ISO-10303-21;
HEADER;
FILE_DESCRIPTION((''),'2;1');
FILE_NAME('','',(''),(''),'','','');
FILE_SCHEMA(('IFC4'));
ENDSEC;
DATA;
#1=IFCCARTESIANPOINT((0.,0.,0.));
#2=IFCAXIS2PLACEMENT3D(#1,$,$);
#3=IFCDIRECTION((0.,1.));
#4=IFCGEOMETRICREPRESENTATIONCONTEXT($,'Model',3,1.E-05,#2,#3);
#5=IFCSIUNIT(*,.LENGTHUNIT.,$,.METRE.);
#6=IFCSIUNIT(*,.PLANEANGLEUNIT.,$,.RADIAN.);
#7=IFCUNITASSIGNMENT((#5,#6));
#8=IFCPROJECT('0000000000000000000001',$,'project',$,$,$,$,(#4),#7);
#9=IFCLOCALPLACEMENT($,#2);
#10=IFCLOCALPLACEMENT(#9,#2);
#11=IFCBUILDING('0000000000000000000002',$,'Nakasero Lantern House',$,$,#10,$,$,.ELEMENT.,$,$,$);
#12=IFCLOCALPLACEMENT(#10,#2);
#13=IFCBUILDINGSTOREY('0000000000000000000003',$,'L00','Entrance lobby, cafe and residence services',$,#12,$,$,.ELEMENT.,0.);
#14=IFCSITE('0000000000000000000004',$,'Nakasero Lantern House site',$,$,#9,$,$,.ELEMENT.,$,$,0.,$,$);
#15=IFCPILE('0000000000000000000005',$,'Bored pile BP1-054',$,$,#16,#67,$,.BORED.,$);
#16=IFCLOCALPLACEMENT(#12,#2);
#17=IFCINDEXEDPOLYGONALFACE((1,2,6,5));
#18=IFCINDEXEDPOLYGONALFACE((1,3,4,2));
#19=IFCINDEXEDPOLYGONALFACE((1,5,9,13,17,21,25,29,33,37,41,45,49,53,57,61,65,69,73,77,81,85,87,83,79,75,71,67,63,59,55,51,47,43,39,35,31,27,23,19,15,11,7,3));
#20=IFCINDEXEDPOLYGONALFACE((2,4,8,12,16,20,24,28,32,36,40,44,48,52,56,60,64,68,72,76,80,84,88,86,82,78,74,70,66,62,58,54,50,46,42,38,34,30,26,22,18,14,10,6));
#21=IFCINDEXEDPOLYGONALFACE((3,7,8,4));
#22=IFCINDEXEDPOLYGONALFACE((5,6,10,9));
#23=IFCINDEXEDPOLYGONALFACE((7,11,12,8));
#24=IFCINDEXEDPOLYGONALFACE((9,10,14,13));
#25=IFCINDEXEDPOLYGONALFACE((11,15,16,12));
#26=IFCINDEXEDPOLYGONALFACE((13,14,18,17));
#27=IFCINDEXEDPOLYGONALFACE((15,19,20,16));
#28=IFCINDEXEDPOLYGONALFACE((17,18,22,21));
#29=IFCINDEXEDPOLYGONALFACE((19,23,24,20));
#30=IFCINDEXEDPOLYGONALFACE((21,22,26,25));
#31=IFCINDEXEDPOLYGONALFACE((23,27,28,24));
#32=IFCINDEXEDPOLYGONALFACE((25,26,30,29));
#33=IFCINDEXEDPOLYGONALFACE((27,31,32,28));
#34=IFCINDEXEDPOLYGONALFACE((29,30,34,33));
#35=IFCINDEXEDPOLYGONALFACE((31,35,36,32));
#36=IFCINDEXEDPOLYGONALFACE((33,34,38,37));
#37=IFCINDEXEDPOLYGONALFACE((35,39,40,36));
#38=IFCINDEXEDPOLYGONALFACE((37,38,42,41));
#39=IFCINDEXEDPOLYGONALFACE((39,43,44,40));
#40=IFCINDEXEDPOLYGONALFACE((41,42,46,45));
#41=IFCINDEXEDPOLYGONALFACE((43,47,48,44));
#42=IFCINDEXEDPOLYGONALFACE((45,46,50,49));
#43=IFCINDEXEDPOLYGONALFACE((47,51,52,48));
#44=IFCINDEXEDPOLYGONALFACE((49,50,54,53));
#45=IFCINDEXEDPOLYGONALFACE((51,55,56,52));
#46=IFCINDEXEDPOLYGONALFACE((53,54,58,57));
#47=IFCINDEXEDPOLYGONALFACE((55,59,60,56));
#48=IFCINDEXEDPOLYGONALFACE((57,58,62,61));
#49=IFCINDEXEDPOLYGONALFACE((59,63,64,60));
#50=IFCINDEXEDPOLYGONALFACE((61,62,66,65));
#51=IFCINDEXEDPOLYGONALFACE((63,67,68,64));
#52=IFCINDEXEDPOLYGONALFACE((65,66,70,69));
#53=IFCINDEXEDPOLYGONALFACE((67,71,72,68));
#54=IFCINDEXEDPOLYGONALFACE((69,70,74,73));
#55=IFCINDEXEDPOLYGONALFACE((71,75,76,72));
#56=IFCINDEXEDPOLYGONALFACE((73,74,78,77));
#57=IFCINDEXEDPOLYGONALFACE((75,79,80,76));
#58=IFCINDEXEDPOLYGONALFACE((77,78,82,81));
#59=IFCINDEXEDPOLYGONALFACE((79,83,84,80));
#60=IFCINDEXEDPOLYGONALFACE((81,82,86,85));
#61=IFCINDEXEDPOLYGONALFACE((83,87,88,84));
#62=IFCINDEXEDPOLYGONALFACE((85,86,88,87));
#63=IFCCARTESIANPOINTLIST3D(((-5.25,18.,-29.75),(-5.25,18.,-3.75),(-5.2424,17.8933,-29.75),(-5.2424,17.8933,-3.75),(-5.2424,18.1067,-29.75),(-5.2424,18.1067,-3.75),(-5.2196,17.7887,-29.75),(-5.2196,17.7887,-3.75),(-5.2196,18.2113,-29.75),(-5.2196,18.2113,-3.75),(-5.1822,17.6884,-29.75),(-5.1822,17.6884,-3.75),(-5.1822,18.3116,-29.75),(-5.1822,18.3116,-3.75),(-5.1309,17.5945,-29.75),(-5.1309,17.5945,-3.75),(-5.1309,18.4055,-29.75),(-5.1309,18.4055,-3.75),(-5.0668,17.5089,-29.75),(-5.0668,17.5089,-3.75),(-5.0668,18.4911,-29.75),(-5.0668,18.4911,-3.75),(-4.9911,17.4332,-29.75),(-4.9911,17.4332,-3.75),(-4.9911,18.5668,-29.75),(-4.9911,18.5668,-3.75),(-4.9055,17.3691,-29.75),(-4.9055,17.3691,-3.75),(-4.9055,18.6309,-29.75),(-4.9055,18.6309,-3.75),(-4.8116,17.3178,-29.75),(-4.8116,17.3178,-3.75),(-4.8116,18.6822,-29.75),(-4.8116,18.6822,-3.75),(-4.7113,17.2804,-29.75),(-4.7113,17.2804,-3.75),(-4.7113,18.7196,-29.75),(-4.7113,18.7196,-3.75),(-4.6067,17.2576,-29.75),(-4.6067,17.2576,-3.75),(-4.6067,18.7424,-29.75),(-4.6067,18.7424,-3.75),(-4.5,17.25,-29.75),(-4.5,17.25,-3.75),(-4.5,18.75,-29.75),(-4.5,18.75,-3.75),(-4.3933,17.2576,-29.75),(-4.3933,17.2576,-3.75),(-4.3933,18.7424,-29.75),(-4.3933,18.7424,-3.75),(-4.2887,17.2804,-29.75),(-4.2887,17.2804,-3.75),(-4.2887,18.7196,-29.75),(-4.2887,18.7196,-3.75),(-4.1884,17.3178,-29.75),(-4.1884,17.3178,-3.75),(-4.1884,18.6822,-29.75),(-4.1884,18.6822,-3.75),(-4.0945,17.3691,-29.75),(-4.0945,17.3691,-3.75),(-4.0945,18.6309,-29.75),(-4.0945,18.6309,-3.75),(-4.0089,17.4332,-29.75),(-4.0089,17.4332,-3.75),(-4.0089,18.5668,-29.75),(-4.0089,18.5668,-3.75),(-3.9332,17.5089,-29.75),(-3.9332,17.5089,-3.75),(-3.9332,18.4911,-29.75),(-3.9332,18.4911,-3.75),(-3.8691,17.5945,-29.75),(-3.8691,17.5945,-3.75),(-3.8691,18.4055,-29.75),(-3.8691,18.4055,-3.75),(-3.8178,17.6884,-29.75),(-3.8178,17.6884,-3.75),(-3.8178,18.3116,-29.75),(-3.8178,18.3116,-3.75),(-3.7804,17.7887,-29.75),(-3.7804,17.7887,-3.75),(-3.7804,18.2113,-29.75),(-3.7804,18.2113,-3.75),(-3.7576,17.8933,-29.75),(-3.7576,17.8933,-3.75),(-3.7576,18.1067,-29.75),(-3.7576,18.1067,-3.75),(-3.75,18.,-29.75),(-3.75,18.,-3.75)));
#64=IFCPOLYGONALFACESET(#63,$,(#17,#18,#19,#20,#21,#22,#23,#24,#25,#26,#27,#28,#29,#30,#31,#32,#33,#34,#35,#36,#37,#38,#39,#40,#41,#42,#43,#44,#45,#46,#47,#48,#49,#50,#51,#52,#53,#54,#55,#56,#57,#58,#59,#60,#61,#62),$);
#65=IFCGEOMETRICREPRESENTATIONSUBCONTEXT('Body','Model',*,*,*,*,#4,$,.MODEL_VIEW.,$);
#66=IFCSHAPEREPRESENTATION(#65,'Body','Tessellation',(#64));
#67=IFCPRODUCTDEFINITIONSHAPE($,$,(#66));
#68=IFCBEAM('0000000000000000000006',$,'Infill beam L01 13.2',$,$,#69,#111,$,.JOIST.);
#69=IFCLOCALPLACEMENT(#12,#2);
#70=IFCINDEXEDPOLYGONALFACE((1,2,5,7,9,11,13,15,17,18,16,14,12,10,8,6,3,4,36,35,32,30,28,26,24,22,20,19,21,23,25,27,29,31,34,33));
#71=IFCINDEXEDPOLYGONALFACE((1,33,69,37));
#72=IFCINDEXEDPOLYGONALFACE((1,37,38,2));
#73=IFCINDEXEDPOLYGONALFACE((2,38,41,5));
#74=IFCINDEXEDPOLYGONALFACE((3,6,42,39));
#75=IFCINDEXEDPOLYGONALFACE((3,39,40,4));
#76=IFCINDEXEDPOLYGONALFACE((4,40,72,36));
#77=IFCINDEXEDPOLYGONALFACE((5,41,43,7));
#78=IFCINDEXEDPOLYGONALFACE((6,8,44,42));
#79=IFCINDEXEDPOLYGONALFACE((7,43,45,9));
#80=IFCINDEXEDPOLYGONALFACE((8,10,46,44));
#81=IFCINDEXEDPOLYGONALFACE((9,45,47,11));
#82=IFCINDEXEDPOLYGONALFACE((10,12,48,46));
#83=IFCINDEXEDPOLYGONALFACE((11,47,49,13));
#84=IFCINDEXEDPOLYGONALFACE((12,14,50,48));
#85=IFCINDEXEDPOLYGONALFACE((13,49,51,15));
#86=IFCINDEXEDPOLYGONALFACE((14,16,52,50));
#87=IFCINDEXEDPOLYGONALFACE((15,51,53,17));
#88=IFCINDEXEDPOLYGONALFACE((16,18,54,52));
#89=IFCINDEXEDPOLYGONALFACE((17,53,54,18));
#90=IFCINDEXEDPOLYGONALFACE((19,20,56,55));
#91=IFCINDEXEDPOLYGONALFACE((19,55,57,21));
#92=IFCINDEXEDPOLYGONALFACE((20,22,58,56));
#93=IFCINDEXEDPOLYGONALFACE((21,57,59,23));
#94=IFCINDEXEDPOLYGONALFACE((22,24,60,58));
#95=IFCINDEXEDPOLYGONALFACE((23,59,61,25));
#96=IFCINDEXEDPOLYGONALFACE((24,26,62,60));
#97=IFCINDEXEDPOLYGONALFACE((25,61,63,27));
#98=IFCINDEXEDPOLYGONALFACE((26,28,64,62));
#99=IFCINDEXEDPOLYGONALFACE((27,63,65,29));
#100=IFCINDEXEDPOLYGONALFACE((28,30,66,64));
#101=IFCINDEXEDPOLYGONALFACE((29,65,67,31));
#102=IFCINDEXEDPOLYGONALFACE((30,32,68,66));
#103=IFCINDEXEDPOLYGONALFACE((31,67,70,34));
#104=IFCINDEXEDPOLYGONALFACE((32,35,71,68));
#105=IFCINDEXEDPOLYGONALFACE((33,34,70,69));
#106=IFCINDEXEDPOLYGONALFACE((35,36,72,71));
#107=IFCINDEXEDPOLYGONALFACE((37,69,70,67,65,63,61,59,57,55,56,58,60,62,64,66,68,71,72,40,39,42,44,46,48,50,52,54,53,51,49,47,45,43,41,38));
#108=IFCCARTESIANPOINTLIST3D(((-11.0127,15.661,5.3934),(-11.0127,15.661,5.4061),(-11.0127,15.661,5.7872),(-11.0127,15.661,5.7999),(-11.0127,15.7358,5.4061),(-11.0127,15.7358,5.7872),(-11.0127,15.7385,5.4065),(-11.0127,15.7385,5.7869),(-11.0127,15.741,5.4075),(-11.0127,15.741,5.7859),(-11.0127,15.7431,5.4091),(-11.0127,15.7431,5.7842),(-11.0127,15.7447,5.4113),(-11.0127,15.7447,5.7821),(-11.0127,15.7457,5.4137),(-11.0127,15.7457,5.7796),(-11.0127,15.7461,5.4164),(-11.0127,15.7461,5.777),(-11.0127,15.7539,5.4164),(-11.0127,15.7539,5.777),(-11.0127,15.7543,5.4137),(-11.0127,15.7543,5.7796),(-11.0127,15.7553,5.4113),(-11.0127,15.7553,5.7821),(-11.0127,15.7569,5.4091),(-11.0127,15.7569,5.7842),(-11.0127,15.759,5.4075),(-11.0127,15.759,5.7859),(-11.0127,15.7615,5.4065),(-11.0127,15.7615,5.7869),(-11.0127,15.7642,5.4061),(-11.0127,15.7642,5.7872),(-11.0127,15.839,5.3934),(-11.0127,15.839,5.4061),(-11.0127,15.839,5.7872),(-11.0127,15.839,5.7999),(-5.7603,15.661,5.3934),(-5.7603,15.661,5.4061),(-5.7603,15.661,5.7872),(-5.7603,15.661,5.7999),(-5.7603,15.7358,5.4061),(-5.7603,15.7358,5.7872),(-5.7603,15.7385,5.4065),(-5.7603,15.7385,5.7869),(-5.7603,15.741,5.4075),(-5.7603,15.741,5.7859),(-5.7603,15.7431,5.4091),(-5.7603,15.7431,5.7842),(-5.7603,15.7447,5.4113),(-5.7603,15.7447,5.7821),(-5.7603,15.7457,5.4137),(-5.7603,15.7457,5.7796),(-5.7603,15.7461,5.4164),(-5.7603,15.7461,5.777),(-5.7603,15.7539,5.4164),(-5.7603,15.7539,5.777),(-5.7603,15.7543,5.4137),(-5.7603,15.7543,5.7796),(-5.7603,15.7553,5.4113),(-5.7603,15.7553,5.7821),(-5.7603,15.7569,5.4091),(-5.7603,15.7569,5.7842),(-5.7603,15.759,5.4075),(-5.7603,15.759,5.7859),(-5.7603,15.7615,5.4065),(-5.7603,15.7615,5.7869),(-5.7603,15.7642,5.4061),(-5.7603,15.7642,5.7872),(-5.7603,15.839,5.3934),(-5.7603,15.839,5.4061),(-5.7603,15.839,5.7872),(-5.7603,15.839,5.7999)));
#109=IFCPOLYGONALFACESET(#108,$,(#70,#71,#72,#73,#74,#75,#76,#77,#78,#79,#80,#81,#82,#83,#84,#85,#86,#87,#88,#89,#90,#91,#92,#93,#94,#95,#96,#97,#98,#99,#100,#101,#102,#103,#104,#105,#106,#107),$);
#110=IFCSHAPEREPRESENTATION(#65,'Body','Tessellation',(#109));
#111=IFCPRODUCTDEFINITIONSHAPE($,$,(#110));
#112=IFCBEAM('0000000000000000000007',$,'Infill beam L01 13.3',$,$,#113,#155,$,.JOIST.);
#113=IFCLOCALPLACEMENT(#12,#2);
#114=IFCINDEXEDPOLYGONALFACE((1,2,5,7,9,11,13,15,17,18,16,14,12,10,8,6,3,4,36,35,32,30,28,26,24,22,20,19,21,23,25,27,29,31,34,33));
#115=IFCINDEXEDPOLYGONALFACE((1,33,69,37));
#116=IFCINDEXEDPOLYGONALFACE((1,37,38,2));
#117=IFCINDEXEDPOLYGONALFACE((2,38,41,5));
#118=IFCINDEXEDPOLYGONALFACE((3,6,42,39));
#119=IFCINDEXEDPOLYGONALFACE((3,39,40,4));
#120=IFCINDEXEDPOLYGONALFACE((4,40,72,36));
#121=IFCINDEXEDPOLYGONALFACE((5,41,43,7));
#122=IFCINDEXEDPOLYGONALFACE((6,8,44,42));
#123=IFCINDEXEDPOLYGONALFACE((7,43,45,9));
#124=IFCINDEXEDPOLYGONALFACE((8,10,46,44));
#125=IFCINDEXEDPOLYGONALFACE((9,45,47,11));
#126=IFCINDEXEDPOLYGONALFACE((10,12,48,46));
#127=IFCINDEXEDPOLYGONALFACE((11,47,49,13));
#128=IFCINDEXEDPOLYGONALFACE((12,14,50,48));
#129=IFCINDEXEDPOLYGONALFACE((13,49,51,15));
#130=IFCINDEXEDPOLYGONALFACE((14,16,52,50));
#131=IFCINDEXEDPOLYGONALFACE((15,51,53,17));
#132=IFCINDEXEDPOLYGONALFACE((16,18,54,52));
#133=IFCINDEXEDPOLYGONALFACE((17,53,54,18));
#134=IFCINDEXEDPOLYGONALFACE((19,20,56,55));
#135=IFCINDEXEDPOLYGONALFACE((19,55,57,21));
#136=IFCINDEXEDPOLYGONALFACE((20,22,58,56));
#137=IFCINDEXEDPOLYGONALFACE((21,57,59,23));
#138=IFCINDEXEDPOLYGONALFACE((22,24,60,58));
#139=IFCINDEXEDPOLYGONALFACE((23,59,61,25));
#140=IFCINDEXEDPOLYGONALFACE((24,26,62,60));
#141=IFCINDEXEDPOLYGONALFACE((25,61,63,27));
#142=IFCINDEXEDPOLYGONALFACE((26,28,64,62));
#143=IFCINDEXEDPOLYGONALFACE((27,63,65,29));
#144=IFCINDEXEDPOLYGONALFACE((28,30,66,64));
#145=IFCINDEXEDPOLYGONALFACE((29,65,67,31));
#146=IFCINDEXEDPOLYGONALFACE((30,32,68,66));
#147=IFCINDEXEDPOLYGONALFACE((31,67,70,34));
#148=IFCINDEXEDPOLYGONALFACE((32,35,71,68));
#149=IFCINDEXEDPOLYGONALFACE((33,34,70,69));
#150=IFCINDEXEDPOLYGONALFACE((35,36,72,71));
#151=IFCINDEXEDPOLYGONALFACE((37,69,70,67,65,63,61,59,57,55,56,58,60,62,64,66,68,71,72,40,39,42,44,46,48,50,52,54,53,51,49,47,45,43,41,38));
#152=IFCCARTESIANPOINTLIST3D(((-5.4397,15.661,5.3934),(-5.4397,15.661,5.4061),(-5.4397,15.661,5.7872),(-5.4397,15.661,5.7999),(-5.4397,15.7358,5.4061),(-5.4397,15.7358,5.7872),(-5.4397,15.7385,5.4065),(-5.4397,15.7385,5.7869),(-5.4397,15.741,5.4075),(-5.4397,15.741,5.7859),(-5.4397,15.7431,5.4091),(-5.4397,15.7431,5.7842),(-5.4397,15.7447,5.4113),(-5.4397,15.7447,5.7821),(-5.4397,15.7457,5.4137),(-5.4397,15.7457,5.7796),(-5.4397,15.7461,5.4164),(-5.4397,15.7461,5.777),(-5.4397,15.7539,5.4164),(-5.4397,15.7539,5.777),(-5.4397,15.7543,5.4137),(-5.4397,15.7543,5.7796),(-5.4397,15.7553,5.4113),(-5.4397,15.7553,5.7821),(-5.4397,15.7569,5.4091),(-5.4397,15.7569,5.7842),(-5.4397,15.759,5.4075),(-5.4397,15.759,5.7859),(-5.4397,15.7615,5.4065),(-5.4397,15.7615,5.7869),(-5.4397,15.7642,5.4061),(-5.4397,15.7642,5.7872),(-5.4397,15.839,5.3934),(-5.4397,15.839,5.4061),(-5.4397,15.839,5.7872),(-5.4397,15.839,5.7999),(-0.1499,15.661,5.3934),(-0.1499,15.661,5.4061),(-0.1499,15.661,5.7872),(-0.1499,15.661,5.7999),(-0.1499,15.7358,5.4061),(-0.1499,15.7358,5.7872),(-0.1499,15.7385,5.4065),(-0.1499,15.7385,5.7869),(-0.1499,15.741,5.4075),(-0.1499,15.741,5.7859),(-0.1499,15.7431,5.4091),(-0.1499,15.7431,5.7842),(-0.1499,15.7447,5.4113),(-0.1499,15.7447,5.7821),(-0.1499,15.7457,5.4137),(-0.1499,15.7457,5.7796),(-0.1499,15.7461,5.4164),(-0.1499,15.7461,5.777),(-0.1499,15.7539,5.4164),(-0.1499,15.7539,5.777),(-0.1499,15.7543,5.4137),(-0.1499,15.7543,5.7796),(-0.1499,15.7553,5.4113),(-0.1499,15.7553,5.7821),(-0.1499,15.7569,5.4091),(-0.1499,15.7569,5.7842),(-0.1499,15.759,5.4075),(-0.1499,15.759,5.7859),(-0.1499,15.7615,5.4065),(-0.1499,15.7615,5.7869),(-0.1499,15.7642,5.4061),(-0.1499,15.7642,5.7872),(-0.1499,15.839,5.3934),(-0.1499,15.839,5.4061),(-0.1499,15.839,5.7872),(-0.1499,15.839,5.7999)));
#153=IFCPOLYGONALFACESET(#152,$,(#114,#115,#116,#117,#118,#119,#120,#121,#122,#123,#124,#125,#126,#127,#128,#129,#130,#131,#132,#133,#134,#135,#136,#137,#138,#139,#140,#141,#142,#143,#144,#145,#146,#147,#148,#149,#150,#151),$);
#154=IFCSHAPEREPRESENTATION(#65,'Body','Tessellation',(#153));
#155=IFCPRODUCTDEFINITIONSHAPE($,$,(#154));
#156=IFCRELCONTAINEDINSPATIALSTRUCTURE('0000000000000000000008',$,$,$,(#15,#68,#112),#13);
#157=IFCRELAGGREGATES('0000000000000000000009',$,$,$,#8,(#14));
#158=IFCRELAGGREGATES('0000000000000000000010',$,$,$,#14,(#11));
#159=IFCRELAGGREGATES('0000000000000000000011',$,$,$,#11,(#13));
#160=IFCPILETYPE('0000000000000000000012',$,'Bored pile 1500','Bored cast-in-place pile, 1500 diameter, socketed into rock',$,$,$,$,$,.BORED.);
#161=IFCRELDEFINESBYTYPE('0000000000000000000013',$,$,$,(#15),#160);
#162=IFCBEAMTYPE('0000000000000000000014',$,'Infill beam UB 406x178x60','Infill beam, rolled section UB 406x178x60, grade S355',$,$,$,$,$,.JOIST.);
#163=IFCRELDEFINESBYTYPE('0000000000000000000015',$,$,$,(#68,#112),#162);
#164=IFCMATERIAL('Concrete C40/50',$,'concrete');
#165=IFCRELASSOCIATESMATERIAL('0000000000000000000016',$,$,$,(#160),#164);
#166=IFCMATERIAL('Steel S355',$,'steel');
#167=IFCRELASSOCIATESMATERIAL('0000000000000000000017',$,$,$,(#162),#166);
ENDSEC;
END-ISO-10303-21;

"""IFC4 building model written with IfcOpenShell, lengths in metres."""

from ifc_helpers import new_model, si_unit, direction, frame, origin, origin_2d, place, context, subcontext, project, spatial, circle, i_section, extrude, material, material_profile, profile_set, type_object, element, save


model = new_model("IFC4")

# Units and contexts
model_context = context("Model", 3, precision=1e-05, world=origin(), true_north=direction((0.0, 1.0)))
body_context = subcontext(model_context, "Body", "Model", "MODEL_VIEW")
ifc_project = project(units=[si_unit("LENGTHUNIT", "METRE"), si_unit("PLANEANGLEUNIT", "RADIAN")], contexts=[model_context])

# Site, building, storey
site_placement = place(None, origin())
site = spatial("IfcSite", under=ifc_project, at=site_placement, Name="Nakasero Lantern House site", CompositionType="ELEMENT", RefElevation=0.0)
building_placement = place(site_placement, origin())
building = spatial("IfcBuilding", under=site, at=building_placement, Name="Nakasero Lantern House", CompositionType="ELEMENT")
storey_placement = place(building_placement, origin())
storey = spatial("IfcBuildingStorey", under=building, at=storey_placement, Name="L00", Description="Entrance lobby, cafe and residence services", CompositionType="ELEMENT", Elevation=0.0)

# Pile
ifc_material_1 = material(Name="Concrete C40/50", Category="concrete")
pile_type = type_object("IfcPileType", Name="Bored pile 1500", Description="Bored cast-in-place pile, 1500 diameter, socketed into rock", PredefinedType="BORED", material=ifc_material_1)
for number, where, z_axis, x_axis, name in (
    (1, (-4.5, 18.0, -3.75), (0.0, 0.0, -1.0), (1.0, 0.0, 0.0), "Bored pile BP1-054"),
):
    element("IfcPile", number, at=place(storey_placement, frame(where, z_axis=z_axis, x_axis=x_axis)), inside=storey, type_object=pile_type, Name=name, PredefinedType="BORED", context=body_context, shape_type="SweptSolid", body=[
        extrude(circle(Radius=0.75, at=origin_2d()), origin(), (0.0, 0.0, 1.0), 26.0),
    ])

# Beams
ifc_material_2 = material(Name="Steel S355", Category="steel")
ifc_material_profile_1 = material_profile(ifc_material_2, i_section(OverallWidth=0.178, OverallDepth=0.4065, WebThickness=0.0078, FlangeThickness=0.0127, FilletRadius=0.0103, at=origin_2d()), Name="UB 406x178x60")
ifc_profile_set_1 = profile_set([ifc_material_profile_1], Name="Steel S355")
beam_type_1 = type_object("IfcBeamType", Name="Infill beam UB 406x178x60", Description="Infill beam, rolled section UB 406x178x60, grade S355", PredefinedType="JOIST", material=ifc_profile_set_1)
beam_1_placement = place(storey_placement, frame((-11.0127, 15.75, 5.5967), z_axis=(1.0, 0.0, 0.0), x_axis=(0.0, 1.0, 0.0)))
element("IfcBeam", 2, at=beam_1_placement, inside=storey, type_object=beam_type_1, Name="Infill beam L01 13.2", PredefinedType="JOIST", context=body_context, shape_type="SweptSolid", body=[
    extrude(i_section(OverallWidth=0.178, OverallDepth=0.4065, WebThickness=0.0078, FlangeThickness=0.0127, FilletRadius=0.0103, at=origin_2d()), origin(), (0.0, 0.0, 1.0), 5.2524),
])
beam_2_placement = place(storey_placement, frame((-5.4397, 15.75, 5.5967), z_axis=(1.0, 0.0, 0.0), x_axis=(0.0, 1.0, 0.0)))
element("IfcBeam", 3, at=beam_2_placement, inside=storey, type_object=beam_type_1, Name="Infill beam L01 13.3", PredefinedType="JOIST", context=body_context, shape_type="SweptSolid", body=[
    extrude(i_section(OverallWidth=0.178, OverallDepth=0.4065, WebThickness=0.0078, FlangeThickness=0.0127, FilletRadius=0.0103, at=origin_2d()), origin(), (0.0, 0.0, 1.0), 5.2898),
])

save(model, "model.ifc")
